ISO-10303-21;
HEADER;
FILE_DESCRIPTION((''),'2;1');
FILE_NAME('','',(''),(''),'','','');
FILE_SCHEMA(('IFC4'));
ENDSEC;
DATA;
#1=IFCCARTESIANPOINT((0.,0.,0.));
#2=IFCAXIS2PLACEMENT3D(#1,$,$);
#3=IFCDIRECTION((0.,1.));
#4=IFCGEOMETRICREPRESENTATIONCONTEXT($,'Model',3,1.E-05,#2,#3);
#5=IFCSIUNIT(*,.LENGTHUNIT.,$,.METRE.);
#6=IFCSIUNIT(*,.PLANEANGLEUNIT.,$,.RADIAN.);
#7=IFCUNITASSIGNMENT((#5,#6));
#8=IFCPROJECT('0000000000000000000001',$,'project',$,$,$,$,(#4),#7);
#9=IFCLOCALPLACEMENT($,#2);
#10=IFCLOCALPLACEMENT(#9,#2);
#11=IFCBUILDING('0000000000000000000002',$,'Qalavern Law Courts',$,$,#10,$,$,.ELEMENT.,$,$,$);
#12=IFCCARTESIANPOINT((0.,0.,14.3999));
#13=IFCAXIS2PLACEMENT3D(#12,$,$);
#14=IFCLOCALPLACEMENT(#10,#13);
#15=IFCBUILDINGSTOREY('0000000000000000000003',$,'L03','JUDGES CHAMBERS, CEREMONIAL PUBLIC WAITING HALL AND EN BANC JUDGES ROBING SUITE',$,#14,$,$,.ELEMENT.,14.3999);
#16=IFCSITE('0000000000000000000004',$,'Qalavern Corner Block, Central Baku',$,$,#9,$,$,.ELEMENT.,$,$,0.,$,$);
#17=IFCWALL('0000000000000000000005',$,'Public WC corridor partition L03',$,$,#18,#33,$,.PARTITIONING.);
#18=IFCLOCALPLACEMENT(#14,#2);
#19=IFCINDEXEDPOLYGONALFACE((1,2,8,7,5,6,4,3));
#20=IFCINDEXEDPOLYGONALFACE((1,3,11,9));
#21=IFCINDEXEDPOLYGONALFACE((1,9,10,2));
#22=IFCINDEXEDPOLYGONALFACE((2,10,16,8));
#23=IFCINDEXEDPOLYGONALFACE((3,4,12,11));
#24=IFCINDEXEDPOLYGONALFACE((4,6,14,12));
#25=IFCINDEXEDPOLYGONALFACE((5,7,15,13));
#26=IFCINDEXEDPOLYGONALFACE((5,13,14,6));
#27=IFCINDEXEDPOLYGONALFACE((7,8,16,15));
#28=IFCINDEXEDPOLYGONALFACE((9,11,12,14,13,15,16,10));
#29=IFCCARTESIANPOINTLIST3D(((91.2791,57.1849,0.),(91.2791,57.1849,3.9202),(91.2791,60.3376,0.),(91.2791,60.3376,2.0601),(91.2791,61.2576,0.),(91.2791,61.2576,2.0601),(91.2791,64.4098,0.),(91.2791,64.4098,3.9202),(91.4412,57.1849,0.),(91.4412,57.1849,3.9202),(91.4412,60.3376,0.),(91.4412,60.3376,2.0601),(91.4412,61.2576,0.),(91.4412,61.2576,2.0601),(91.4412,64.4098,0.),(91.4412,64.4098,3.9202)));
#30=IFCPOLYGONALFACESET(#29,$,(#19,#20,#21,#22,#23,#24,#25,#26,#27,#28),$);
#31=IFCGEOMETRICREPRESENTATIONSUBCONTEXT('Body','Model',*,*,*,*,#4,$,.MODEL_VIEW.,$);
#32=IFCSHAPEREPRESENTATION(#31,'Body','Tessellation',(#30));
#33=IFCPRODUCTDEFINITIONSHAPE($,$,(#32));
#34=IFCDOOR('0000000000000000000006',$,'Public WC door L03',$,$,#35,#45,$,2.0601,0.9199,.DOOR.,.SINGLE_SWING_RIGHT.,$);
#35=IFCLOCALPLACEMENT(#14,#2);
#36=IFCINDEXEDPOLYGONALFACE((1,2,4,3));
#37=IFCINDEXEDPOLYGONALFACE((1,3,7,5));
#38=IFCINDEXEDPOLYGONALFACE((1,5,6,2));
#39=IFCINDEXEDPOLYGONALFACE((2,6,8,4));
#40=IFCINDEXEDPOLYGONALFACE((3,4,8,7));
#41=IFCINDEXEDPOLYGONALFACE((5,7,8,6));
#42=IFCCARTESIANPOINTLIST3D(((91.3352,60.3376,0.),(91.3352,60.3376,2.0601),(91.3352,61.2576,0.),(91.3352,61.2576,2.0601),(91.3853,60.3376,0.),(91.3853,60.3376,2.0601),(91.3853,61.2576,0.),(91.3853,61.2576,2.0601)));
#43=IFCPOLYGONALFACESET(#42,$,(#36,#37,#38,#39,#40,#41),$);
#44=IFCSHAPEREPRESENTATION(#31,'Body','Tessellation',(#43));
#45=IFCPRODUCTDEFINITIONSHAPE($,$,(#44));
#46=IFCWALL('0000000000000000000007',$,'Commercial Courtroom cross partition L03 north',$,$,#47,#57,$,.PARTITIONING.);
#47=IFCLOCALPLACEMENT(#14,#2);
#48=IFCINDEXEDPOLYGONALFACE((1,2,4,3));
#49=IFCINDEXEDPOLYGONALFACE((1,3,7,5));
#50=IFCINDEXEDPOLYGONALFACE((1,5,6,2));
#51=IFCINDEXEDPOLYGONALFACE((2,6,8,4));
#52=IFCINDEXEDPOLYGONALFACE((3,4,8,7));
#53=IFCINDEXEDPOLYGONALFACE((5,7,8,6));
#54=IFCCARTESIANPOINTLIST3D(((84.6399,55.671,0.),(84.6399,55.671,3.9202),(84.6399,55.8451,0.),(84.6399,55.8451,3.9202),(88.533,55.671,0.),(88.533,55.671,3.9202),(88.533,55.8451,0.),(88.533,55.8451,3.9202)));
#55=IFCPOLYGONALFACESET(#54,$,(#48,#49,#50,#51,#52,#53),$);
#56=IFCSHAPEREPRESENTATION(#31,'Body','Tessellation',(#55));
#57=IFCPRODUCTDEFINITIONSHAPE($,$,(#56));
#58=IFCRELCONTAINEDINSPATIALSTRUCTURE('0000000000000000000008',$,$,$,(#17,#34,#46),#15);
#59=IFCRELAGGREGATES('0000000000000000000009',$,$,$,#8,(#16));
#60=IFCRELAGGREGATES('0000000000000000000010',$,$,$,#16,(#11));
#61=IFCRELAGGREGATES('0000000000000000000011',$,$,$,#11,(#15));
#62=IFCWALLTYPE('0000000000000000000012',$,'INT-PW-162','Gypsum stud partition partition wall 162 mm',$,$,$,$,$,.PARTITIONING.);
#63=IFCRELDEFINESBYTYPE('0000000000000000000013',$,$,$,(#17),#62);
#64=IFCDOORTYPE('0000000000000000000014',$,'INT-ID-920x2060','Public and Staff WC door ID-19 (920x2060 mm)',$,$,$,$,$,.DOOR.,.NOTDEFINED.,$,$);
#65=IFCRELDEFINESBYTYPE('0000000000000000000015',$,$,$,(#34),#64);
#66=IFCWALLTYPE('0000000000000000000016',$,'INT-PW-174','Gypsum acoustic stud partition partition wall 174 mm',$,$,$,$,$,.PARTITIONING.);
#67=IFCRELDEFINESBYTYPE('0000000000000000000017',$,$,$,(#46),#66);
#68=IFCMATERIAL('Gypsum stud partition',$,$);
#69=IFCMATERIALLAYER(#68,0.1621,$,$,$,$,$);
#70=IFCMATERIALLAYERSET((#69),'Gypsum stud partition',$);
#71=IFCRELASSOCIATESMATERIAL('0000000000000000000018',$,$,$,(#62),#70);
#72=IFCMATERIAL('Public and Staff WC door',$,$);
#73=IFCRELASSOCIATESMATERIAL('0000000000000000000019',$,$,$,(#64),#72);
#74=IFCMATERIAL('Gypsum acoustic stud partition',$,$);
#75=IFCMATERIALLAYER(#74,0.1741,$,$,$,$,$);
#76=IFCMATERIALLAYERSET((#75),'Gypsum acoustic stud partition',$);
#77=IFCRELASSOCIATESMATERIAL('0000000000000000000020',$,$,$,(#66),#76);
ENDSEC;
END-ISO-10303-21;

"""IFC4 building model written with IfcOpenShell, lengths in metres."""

from ifc_helpers import new_model, si_unit, direction, frame, frame_2d, origin, place, context, subcontext, project, spatial, rectangle, extrude, material, layer, layer_set, type_object, element, fill, save


model = new_model("IFC4")

# Units and contexts
model_context = context("Model", 3, precision=1e-05, world=origin(), true_north=direction((0.0, 1.0)))
body_context = subcontext(model_context, "Body", "Model", "MODEL_VIEW")
ifc_project = project(units=[si_unit("LENGTHUNIT", "METRE"), si_unit("PLANEANGLEUNIT", "RADIAN")], contexts=[model_context])

# Site, building, storey
site_placement = place(None, origin())
site = spatial("IfcSite", under=ifc_project, at=site_placement, Name="Qalavern Corner Block, Central Baku", CompositionType="ELEMENT", RefElevation=0.0)
building_placement = place(site_placement, origin())
building = spatial("IfcBuilding", under=site, at=building_placement, Name="Qalavern Law Courts", CompositionType="ELEMENT")
storey_placement = place(building_placement, frame((0.0, 0.0, 14.3999)))
storey = spatial("IfcBuildingStorey", under=building, at=storey_placement, Name="L03", Description="JUDGES CHAMBERS, CEREMONIAL PUBLIC WAITING HALL AND EN BANC JUDGES ROBING SUITE", CompositionType="ELEMENT", Elevation=14.3999)

# Wall, opening, door
ifc_material_1 = material(Name="Gypsum stud partition")
ifc_layer_1 = layer(ifc_material_1, 0.1621)
ifc_layer_set_1 = layer_set([ifc_layer_1], Name="Gypsum stud partition")
wall_type_1 = type_object("IfcWallType", Name="INT-PW-162", Description="Gypsum stud partition partition wall 162 mm", PredefinedType="PARTITIONING", material=ifc_layer_set_1)
wall_1_placement = place(storey_placement, frame((91.3601, 57.1851, 0.0), z_axis=(0.0, 0.0, 1.0), x_axis=(0.0, 1.0, 0.0)))
wall_1 = element("IfcWall", 1, at=wall_1_placement, inside=storey, type_object=wall_type_1, Name="Public WC corridor partition L03", PredefinedType="PARTITIONING", context=body_context, shape_type="SweptSolid", body=[
    extrude(rectangle(XDim=7.2249, YDim=0.1621, at=frame_2d((3.6123, 0.0))), origin(), (0.0, 0.0, 1.0), 3.9202),
])
opening_1_placement = place(wall_1_placement, frame((3.1526, 0.0, 0.0)))
opening_1 = element("IfcOpeningElement", 2, at=opening_1_placement, cuts=wall_1, PredefinedType="OPENING", context=body_context, shape_type="SweptSolid", body=[
    extrude(rectangle(XDim=0.9199, YDim=2.0601, at=frame_2d((0.46, 1.03))), frame((0.0, 0.0959, 0.0), z_axis=(0.0, -1.0, 0.0), x_axis=(1.0, 0.0, 0.0)), (0.0, 0.0, 1.0), 0.1919),
])
ifc_material_2 = material(Name="Public and Staff WC door")
door_type_1 = type_object("IfcDoorType", Name="INT-ID-920x2060", Description="Public and Staff WC door ID-19 (920x2060 mm)", OperationType="NOTDEFINED", PredefinedType="DOOR", material=ifc_material_2)
door_1_placement = place(opening_1_placement, origin())
door_1 = element("IfcDoor", 3, at=door_1_placement, inside=storey, type_object=door_type_1, Name="Public WC door L03", OperationType="SINGLE_SWING_RIGHT", OverallHeight=2.0601, OverallWidth=0.9199, PredefinedType="DOOR", context=body_context, shape_type="SweptSolid", body=[
    extrude(rectangle(XDim=0.9199, YDim=2.0601, at=frame_2d((0.46, 1.03))), frame((0.0, 0.0249, 0.0), z_axis=(0.0, -1.0, 0.0), x_axis=(1.0, 0.0, 0.0)), (0.0, 0.0, 1.0), 0.05),
])
fill(opening_1, door_1)

# Wall
ifc_material_3 = material(Name="Gypsum acoustic stud partition")
ifc_layer_2 = layer(ifc_material_3, 0.1741)
ifc_layer_set_2 = layer_set([ifc_layer_2], Name="Gypsum acoustic stud partition")
wall_type_2 = type_object("IfcWallType", Name="INT-PW-174", Description="Gypsum acoustic stud partition partition wall 174 mm", PredefinedType="PARTITIONING", material=ifc_layer_set_2)
wall_2_placement = place(storey_placement, frame((84.6399, 55.7581, 0.0), z_axis=(0.0, 0.0, 1.0), x_axis=(1.0, 0.0, 0.0)))
element("IfcWall", 4, at=wall_2_placement, inside=storey, type_object=wall_type_2, Name="Commercial Courtroom cross partition L03 north", PredefinedType="PARTITIONING", context=body_context, shape_type="SweptSolid", body=[
    extrude(rectangle(XDim=3.8931, YDim=0.1741, at=frame_2d((1.9465, 0.0))), origin(), (0.0, 0.0, 1.0), 3.9202),
])

save(model, "model.ifc")
